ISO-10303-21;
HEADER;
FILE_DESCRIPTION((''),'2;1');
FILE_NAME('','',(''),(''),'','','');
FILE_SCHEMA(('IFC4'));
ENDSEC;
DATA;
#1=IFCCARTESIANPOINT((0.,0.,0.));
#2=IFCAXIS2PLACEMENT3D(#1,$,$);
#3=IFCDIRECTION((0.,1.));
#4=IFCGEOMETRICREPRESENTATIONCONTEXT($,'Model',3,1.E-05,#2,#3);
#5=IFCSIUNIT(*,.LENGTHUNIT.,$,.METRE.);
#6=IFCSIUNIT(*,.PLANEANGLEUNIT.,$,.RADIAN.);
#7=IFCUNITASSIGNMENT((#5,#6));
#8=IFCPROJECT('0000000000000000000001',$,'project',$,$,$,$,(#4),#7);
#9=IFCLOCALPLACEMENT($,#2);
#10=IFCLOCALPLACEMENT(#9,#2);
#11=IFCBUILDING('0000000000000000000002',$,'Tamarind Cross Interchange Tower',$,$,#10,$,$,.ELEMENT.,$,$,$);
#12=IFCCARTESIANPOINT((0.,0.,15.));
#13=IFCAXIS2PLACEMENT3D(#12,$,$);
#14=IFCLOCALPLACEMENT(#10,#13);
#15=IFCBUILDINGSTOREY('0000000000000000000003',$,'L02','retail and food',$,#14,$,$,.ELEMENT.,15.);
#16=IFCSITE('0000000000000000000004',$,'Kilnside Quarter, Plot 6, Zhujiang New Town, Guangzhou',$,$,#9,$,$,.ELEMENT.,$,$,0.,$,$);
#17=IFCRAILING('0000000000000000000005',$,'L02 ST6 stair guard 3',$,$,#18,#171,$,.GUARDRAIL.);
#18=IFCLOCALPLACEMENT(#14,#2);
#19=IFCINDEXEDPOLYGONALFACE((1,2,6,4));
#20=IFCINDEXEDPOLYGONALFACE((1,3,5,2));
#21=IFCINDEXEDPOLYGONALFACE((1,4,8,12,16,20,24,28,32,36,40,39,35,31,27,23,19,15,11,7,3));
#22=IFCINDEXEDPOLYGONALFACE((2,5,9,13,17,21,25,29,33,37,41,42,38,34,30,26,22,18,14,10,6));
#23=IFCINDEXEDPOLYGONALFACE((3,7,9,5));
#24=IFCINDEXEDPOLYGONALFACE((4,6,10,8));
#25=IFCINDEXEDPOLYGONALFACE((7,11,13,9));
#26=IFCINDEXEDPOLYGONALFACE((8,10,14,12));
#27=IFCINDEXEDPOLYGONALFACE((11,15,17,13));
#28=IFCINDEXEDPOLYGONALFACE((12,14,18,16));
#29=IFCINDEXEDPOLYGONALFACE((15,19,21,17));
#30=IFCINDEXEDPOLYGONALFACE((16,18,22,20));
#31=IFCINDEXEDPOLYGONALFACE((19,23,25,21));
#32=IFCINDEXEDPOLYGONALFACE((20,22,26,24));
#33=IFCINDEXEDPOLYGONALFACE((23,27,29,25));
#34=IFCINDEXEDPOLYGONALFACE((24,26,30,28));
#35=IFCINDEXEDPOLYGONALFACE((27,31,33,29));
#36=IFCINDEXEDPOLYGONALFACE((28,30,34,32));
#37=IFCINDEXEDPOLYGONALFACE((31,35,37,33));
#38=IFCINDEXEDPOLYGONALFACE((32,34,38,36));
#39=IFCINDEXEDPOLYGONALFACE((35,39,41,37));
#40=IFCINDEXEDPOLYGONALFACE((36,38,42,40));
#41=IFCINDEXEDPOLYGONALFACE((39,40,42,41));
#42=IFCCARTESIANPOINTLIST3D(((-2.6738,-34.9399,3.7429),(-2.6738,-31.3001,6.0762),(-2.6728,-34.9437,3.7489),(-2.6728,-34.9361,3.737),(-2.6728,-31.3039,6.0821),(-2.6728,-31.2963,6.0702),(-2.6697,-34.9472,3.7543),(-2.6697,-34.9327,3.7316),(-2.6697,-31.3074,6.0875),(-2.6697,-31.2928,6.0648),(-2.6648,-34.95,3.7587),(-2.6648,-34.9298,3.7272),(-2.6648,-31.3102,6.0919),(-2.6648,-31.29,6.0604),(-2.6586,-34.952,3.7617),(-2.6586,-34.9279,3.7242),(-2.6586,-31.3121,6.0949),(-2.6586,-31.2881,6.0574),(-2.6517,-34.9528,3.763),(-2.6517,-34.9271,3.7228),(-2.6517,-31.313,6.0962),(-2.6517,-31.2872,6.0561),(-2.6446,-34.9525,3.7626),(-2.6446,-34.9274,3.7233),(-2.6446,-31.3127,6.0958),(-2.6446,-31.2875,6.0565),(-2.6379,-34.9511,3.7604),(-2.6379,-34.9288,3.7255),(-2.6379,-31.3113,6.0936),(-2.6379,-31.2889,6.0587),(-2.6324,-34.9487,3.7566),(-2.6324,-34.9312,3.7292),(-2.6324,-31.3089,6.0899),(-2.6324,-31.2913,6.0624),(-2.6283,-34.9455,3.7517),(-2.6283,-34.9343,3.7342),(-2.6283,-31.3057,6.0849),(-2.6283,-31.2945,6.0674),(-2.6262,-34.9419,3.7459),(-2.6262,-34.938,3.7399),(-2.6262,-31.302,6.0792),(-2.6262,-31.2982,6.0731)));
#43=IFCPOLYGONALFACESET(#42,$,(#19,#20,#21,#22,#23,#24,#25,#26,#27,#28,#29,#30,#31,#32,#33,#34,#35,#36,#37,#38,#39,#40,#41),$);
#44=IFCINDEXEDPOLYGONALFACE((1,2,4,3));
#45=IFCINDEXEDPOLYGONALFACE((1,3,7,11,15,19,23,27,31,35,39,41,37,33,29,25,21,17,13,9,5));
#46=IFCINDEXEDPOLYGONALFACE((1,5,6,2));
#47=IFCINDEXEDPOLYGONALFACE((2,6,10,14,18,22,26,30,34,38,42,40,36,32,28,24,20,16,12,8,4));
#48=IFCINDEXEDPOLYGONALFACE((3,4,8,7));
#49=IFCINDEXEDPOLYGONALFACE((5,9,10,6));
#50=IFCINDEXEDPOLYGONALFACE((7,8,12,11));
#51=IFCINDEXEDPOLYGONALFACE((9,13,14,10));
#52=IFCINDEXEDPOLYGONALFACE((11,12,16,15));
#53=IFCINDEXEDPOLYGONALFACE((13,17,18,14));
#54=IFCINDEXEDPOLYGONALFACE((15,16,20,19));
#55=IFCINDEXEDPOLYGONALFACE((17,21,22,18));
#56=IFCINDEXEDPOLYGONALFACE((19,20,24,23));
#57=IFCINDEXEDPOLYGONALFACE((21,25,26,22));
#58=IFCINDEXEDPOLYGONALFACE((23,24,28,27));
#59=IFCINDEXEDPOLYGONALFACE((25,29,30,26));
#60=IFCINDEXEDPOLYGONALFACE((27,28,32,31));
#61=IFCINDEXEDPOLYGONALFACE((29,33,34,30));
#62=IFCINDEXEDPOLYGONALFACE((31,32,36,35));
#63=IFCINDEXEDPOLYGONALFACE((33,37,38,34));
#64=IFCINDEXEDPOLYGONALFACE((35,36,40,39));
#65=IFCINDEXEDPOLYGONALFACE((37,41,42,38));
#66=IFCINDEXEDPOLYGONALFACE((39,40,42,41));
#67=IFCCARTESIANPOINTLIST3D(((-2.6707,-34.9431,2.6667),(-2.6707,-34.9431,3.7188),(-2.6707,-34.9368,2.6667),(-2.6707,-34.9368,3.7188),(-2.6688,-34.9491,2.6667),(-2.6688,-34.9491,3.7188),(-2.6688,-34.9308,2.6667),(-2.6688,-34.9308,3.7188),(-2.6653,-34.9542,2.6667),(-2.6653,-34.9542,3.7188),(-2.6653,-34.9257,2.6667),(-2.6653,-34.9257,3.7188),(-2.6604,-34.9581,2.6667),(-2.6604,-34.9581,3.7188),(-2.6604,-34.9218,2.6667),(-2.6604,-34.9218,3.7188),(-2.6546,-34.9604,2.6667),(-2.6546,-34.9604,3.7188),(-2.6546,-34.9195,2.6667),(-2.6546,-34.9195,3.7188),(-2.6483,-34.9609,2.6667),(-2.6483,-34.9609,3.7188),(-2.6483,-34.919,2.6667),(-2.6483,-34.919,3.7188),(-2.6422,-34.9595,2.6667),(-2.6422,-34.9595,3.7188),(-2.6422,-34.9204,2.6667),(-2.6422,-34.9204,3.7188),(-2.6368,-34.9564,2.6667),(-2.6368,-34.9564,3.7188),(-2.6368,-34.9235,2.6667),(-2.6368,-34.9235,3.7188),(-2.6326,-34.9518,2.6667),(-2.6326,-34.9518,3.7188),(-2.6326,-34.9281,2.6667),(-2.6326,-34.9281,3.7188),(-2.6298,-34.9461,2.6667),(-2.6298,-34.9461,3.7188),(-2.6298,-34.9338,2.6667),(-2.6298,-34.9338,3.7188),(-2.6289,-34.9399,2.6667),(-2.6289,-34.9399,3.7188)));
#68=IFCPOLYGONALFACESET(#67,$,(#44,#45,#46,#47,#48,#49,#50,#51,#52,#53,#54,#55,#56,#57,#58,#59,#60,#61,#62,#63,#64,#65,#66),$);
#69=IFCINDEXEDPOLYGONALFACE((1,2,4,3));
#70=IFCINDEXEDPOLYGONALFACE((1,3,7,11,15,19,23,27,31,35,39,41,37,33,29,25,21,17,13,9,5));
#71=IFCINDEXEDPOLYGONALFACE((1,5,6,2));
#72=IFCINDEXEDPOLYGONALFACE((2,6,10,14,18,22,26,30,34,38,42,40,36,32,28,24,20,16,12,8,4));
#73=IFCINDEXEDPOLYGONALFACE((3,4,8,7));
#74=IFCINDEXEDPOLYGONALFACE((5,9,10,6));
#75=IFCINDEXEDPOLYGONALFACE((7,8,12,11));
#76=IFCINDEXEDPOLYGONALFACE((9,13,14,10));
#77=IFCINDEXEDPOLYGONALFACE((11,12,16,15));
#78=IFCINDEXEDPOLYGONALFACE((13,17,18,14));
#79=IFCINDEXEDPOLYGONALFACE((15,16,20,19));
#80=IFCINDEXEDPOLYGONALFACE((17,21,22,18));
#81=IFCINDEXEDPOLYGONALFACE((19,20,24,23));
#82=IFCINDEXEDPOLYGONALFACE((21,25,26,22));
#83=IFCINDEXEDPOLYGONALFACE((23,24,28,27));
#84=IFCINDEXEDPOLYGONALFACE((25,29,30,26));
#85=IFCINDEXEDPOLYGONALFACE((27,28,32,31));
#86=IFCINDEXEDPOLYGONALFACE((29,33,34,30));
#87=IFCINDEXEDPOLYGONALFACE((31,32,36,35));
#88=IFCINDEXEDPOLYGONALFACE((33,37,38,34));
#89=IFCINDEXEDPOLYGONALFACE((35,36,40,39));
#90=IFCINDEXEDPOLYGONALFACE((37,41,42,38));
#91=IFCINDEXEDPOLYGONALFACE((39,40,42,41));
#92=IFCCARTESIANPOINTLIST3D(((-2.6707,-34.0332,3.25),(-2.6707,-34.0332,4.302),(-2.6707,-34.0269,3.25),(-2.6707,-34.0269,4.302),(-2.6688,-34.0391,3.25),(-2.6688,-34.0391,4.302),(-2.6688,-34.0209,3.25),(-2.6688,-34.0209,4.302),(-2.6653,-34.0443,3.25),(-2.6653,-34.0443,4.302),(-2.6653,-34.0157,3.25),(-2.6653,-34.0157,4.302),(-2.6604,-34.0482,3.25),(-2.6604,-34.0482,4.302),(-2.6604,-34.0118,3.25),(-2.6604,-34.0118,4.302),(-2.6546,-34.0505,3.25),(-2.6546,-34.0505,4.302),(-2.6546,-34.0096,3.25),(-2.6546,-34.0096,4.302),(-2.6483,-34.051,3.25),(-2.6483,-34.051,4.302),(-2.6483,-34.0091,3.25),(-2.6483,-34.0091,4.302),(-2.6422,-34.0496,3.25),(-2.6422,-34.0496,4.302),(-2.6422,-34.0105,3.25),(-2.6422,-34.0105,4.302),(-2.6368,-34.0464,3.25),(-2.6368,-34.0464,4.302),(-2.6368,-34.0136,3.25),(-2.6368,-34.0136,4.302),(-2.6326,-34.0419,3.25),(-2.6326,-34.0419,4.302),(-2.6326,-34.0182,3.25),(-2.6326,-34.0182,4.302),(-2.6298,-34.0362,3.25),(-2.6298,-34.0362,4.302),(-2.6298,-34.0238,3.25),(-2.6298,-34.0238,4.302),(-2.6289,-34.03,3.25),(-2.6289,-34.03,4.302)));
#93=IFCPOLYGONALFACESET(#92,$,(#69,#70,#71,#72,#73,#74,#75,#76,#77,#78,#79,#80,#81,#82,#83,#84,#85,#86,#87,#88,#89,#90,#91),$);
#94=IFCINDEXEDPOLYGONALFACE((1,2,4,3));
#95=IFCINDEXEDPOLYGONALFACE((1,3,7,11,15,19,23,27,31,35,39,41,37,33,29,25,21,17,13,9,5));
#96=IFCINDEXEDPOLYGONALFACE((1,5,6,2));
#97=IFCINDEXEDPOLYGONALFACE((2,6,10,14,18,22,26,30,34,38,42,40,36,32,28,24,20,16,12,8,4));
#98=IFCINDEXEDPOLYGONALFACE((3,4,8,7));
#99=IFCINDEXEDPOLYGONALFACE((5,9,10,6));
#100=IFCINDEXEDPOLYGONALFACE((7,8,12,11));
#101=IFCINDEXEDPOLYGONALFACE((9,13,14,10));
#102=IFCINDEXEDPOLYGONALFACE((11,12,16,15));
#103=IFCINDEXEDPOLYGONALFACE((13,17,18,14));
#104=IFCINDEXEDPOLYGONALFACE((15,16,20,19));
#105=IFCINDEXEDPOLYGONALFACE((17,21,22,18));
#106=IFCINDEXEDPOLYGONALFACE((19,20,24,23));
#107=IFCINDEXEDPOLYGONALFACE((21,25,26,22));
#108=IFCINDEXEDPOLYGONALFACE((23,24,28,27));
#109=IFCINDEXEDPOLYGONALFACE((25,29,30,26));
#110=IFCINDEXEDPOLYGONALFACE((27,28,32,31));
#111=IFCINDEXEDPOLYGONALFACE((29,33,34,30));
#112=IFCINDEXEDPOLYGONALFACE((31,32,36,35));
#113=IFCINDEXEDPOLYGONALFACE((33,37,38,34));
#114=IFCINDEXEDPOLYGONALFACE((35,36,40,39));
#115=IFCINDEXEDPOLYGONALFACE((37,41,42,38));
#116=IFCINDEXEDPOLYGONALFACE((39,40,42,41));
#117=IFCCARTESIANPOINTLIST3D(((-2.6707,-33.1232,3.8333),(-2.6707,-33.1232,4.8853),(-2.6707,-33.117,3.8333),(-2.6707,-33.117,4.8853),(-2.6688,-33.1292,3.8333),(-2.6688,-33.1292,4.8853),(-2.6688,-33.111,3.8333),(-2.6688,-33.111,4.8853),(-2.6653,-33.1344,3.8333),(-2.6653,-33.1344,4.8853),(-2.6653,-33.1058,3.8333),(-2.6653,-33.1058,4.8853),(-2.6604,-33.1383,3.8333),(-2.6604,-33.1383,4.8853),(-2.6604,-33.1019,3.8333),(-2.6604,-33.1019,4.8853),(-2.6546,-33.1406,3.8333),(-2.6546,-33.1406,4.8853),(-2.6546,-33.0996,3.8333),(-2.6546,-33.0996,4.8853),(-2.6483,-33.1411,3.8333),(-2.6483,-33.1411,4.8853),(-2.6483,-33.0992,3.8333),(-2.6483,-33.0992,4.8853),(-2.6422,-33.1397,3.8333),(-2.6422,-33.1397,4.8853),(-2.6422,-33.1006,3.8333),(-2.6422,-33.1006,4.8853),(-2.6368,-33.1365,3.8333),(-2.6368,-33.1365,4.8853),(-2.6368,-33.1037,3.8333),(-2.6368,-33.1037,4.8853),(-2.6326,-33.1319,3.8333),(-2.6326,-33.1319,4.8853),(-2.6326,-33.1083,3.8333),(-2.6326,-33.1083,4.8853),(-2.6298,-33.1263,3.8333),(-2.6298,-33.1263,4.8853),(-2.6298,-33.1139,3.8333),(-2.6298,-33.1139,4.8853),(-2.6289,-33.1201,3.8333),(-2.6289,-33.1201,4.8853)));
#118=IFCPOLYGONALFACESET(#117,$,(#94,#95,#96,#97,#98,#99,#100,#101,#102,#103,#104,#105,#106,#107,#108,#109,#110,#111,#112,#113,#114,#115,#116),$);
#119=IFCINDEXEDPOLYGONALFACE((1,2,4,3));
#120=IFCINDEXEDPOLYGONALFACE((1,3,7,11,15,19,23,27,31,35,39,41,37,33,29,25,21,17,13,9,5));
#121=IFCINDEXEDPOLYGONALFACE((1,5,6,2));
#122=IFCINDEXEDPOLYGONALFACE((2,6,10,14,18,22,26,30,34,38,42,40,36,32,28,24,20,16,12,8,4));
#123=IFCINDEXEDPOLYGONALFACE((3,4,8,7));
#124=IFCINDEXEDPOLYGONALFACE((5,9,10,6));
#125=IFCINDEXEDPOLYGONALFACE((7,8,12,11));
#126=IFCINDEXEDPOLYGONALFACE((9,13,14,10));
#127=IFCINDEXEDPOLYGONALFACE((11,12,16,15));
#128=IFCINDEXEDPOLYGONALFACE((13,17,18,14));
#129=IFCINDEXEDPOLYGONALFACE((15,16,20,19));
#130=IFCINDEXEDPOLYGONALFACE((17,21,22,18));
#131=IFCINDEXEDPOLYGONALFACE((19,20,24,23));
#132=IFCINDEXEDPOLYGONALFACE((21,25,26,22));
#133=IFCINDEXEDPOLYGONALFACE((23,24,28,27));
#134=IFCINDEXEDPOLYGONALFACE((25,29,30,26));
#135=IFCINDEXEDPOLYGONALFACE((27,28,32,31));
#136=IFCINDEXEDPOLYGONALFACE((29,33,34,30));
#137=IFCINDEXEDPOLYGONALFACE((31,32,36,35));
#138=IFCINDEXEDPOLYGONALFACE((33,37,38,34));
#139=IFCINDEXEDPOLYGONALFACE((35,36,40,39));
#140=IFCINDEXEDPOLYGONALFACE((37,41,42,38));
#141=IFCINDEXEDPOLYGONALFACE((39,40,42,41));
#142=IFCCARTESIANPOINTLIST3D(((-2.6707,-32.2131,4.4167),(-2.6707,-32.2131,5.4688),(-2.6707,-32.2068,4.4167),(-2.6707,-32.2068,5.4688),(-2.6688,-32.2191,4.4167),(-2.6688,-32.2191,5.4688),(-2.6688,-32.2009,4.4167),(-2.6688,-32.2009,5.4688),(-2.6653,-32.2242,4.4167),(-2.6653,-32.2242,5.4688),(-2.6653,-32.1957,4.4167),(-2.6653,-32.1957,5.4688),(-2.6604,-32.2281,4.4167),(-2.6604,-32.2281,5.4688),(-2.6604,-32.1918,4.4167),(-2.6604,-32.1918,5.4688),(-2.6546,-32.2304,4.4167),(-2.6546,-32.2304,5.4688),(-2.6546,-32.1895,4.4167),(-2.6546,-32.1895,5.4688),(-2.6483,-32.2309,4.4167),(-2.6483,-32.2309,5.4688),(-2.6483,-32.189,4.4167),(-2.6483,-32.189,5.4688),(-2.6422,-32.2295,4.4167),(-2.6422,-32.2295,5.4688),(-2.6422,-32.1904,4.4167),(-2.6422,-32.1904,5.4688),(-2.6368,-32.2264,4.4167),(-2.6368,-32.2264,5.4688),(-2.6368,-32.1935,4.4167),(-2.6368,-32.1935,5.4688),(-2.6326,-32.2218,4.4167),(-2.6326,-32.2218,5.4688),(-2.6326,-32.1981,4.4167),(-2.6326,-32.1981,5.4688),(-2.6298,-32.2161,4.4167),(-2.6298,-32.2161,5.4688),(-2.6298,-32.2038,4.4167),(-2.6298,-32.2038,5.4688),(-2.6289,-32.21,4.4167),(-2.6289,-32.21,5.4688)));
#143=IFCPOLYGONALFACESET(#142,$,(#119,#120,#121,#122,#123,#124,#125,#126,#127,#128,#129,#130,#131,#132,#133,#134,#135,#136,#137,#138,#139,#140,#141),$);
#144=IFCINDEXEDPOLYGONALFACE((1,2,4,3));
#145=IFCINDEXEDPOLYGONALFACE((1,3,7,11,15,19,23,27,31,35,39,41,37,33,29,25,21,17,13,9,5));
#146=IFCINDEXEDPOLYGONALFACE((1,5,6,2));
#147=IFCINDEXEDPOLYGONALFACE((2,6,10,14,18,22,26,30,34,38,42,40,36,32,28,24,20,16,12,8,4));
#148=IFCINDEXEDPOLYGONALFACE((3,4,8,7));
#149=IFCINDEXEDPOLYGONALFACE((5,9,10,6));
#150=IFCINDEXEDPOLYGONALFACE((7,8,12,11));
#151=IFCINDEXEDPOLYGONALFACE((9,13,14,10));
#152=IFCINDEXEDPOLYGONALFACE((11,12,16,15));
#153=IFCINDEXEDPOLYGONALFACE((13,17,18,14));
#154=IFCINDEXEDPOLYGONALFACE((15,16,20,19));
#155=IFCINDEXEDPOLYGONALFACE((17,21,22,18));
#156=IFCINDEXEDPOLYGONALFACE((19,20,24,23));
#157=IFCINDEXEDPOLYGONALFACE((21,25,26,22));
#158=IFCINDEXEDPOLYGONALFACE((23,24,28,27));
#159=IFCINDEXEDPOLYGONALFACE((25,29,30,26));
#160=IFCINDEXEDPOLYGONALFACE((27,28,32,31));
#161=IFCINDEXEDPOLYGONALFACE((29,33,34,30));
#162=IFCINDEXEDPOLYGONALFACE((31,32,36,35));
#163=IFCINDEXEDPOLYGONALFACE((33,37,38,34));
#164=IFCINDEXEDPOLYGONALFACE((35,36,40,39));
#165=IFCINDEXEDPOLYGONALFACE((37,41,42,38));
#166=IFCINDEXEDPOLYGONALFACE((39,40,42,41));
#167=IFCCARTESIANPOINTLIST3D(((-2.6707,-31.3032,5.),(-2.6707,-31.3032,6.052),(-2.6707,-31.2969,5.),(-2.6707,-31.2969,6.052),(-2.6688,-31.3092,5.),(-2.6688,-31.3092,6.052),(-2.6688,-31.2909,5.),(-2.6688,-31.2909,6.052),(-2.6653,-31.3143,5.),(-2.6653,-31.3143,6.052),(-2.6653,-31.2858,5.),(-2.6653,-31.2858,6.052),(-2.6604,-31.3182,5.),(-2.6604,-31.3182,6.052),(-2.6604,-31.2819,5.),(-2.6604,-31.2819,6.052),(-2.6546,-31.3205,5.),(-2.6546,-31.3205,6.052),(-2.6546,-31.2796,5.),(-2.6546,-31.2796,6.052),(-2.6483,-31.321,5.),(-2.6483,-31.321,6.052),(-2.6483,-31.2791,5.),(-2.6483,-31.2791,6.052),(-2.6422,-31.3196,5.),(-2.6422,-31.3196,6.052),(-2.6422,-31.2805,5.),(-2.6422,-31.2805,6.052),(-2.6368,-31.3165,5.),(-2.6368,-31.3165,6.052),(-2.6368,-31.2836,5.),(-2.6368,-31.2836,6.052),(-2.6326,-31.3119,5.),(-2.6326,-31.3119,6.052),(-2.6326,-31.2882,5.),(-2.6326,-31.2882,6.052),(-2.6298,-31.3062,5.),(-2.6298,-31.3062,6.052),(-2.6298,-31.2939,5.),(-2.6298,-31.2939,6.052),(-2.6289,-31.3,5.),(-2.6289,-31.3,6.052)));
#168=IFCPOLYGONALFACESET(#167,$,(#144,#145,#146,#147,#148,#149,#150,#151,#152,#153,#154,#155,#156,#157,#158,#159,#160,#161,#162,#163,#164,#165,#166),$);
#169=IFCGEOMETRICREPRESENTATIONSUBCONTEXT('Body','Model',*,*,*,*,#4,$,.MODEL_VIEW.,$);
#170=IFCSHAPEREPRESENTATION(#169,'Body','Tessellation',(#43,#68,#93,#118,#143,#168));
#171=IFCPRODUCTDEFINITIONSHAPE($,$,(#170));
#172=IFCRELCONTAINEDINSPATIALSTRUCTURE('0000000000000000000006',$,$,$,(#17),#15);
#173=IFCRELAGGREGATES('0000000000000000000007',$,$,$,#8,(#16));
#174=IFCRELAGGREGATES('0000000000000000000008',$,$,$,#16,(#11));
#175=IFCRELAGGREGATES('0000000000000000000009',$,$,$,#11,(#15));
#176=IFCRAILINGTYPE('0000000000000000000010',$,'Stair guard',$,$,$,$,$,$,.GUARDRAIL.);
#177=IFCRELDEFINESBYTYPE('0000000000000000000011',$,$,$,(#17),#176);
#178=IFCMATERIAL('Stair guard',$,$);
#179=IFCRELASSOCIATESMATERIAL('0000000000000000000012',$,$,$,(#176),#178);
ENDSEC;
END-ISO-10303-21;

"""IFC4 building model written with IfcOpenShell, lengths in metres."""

from ifc_helpers import new_model, si_unit, direction, frame, origin, origin_2d, place, context, subcontext, project, spatial, circle, extrude, material, type_object, element, save


model = new_model("IFC4")

# Units and contexts
model_context = context("Model", 3, precision=1e-05, world=origin(), true_north=direction((0.0, 1.0)))
body_context = subcontext(model_context, "Body", "Model", "MODEL_VIEW")
ifc_project = project(units=[si_unit("LENGTHUNIT", "METRE"), si_unit("PLANEANGLEUNIT", "RADIAN")], contexts=[model_context])

# Site, building, storey
site_placement = place(None, origin())
site = spatial("IfcSite", under=ifc_project, at=site_placement, Name="Kilnside Quarter, Plot 6, Zhujiang New Town, Guangzhou", CompositionType="ELEMENT", RefElevation=0.0)
building_placement = place(site_placement, origin())
building = spatial("IfcBuilding", under=site, at=building_placement, Name="Tamarind Cross Interchange Tower", CompositionType="ELEMENT")
storey_placement = place(building_placement, frame((0.0, 0.0, 15.0)))
storey = spatial("IfcBuildingStorey", under=building, at=storey_placement, Name="L02", Description="retail and food", CompositionType="ELEMENT", Elevation=15.0)

# Railing
ifc_material_1 = material(Name="Stair guard")
railing_type_1 = type_object("IfcRailingType", Name="Stair guard", PredefinedType="GUARDRAIL", material=ifc_material_1)
railing_1_placement = place(storey_placement, frame((-2.6499, -34.9399, 2.6667)))
element("IfcRailing", 1, at=railing_1_placement, inside=storey, type_object=railing_type_1, Name="L02 ST6 stair guard 3", PredefinedType="GUARDRAIL", context=body_context, shape_type="SweptSolid", body=[
    extrude(circle(Radius=0.0239, at=origin_2d()), frame((0.0, 0.0, 1.0762), z_axis=(0.0, 0.84188, 0.539664), x_axis=(-1.0, 0.0, 0.0)), (0.0, 0.0, 1.0), 4.3235),
    extrude(circle(Radius=0.021, at=origin_2d()), origin(), (0.0, 0.0, 1.0), 1.052),
    extrude(circle(Radius=0.021, at=origin_2d()), frame((0.0, 0.9099, 0.5833)), (0.0, 0.0, 1.0), 1.052),
    extrude(circle(Radius=0.021, at=origin_2d()), frame((0.0, 1.8198, 1.1665)), (0.0, 0.0, 1.0), 1.052),
    extrude(circle(Radius=0.021, at=origin_2d()), frame((0.0, 2.73, 1.75)), (0.0, 0.0, 1.0), 1.052),
    extrude(circle(Radius=0.021, at=origin_2d()), frame((0.0, 3.6399, 2.3333)), (0.0, 0.0, 1.0), 1.052),
])

save(model, "model.ifc")
